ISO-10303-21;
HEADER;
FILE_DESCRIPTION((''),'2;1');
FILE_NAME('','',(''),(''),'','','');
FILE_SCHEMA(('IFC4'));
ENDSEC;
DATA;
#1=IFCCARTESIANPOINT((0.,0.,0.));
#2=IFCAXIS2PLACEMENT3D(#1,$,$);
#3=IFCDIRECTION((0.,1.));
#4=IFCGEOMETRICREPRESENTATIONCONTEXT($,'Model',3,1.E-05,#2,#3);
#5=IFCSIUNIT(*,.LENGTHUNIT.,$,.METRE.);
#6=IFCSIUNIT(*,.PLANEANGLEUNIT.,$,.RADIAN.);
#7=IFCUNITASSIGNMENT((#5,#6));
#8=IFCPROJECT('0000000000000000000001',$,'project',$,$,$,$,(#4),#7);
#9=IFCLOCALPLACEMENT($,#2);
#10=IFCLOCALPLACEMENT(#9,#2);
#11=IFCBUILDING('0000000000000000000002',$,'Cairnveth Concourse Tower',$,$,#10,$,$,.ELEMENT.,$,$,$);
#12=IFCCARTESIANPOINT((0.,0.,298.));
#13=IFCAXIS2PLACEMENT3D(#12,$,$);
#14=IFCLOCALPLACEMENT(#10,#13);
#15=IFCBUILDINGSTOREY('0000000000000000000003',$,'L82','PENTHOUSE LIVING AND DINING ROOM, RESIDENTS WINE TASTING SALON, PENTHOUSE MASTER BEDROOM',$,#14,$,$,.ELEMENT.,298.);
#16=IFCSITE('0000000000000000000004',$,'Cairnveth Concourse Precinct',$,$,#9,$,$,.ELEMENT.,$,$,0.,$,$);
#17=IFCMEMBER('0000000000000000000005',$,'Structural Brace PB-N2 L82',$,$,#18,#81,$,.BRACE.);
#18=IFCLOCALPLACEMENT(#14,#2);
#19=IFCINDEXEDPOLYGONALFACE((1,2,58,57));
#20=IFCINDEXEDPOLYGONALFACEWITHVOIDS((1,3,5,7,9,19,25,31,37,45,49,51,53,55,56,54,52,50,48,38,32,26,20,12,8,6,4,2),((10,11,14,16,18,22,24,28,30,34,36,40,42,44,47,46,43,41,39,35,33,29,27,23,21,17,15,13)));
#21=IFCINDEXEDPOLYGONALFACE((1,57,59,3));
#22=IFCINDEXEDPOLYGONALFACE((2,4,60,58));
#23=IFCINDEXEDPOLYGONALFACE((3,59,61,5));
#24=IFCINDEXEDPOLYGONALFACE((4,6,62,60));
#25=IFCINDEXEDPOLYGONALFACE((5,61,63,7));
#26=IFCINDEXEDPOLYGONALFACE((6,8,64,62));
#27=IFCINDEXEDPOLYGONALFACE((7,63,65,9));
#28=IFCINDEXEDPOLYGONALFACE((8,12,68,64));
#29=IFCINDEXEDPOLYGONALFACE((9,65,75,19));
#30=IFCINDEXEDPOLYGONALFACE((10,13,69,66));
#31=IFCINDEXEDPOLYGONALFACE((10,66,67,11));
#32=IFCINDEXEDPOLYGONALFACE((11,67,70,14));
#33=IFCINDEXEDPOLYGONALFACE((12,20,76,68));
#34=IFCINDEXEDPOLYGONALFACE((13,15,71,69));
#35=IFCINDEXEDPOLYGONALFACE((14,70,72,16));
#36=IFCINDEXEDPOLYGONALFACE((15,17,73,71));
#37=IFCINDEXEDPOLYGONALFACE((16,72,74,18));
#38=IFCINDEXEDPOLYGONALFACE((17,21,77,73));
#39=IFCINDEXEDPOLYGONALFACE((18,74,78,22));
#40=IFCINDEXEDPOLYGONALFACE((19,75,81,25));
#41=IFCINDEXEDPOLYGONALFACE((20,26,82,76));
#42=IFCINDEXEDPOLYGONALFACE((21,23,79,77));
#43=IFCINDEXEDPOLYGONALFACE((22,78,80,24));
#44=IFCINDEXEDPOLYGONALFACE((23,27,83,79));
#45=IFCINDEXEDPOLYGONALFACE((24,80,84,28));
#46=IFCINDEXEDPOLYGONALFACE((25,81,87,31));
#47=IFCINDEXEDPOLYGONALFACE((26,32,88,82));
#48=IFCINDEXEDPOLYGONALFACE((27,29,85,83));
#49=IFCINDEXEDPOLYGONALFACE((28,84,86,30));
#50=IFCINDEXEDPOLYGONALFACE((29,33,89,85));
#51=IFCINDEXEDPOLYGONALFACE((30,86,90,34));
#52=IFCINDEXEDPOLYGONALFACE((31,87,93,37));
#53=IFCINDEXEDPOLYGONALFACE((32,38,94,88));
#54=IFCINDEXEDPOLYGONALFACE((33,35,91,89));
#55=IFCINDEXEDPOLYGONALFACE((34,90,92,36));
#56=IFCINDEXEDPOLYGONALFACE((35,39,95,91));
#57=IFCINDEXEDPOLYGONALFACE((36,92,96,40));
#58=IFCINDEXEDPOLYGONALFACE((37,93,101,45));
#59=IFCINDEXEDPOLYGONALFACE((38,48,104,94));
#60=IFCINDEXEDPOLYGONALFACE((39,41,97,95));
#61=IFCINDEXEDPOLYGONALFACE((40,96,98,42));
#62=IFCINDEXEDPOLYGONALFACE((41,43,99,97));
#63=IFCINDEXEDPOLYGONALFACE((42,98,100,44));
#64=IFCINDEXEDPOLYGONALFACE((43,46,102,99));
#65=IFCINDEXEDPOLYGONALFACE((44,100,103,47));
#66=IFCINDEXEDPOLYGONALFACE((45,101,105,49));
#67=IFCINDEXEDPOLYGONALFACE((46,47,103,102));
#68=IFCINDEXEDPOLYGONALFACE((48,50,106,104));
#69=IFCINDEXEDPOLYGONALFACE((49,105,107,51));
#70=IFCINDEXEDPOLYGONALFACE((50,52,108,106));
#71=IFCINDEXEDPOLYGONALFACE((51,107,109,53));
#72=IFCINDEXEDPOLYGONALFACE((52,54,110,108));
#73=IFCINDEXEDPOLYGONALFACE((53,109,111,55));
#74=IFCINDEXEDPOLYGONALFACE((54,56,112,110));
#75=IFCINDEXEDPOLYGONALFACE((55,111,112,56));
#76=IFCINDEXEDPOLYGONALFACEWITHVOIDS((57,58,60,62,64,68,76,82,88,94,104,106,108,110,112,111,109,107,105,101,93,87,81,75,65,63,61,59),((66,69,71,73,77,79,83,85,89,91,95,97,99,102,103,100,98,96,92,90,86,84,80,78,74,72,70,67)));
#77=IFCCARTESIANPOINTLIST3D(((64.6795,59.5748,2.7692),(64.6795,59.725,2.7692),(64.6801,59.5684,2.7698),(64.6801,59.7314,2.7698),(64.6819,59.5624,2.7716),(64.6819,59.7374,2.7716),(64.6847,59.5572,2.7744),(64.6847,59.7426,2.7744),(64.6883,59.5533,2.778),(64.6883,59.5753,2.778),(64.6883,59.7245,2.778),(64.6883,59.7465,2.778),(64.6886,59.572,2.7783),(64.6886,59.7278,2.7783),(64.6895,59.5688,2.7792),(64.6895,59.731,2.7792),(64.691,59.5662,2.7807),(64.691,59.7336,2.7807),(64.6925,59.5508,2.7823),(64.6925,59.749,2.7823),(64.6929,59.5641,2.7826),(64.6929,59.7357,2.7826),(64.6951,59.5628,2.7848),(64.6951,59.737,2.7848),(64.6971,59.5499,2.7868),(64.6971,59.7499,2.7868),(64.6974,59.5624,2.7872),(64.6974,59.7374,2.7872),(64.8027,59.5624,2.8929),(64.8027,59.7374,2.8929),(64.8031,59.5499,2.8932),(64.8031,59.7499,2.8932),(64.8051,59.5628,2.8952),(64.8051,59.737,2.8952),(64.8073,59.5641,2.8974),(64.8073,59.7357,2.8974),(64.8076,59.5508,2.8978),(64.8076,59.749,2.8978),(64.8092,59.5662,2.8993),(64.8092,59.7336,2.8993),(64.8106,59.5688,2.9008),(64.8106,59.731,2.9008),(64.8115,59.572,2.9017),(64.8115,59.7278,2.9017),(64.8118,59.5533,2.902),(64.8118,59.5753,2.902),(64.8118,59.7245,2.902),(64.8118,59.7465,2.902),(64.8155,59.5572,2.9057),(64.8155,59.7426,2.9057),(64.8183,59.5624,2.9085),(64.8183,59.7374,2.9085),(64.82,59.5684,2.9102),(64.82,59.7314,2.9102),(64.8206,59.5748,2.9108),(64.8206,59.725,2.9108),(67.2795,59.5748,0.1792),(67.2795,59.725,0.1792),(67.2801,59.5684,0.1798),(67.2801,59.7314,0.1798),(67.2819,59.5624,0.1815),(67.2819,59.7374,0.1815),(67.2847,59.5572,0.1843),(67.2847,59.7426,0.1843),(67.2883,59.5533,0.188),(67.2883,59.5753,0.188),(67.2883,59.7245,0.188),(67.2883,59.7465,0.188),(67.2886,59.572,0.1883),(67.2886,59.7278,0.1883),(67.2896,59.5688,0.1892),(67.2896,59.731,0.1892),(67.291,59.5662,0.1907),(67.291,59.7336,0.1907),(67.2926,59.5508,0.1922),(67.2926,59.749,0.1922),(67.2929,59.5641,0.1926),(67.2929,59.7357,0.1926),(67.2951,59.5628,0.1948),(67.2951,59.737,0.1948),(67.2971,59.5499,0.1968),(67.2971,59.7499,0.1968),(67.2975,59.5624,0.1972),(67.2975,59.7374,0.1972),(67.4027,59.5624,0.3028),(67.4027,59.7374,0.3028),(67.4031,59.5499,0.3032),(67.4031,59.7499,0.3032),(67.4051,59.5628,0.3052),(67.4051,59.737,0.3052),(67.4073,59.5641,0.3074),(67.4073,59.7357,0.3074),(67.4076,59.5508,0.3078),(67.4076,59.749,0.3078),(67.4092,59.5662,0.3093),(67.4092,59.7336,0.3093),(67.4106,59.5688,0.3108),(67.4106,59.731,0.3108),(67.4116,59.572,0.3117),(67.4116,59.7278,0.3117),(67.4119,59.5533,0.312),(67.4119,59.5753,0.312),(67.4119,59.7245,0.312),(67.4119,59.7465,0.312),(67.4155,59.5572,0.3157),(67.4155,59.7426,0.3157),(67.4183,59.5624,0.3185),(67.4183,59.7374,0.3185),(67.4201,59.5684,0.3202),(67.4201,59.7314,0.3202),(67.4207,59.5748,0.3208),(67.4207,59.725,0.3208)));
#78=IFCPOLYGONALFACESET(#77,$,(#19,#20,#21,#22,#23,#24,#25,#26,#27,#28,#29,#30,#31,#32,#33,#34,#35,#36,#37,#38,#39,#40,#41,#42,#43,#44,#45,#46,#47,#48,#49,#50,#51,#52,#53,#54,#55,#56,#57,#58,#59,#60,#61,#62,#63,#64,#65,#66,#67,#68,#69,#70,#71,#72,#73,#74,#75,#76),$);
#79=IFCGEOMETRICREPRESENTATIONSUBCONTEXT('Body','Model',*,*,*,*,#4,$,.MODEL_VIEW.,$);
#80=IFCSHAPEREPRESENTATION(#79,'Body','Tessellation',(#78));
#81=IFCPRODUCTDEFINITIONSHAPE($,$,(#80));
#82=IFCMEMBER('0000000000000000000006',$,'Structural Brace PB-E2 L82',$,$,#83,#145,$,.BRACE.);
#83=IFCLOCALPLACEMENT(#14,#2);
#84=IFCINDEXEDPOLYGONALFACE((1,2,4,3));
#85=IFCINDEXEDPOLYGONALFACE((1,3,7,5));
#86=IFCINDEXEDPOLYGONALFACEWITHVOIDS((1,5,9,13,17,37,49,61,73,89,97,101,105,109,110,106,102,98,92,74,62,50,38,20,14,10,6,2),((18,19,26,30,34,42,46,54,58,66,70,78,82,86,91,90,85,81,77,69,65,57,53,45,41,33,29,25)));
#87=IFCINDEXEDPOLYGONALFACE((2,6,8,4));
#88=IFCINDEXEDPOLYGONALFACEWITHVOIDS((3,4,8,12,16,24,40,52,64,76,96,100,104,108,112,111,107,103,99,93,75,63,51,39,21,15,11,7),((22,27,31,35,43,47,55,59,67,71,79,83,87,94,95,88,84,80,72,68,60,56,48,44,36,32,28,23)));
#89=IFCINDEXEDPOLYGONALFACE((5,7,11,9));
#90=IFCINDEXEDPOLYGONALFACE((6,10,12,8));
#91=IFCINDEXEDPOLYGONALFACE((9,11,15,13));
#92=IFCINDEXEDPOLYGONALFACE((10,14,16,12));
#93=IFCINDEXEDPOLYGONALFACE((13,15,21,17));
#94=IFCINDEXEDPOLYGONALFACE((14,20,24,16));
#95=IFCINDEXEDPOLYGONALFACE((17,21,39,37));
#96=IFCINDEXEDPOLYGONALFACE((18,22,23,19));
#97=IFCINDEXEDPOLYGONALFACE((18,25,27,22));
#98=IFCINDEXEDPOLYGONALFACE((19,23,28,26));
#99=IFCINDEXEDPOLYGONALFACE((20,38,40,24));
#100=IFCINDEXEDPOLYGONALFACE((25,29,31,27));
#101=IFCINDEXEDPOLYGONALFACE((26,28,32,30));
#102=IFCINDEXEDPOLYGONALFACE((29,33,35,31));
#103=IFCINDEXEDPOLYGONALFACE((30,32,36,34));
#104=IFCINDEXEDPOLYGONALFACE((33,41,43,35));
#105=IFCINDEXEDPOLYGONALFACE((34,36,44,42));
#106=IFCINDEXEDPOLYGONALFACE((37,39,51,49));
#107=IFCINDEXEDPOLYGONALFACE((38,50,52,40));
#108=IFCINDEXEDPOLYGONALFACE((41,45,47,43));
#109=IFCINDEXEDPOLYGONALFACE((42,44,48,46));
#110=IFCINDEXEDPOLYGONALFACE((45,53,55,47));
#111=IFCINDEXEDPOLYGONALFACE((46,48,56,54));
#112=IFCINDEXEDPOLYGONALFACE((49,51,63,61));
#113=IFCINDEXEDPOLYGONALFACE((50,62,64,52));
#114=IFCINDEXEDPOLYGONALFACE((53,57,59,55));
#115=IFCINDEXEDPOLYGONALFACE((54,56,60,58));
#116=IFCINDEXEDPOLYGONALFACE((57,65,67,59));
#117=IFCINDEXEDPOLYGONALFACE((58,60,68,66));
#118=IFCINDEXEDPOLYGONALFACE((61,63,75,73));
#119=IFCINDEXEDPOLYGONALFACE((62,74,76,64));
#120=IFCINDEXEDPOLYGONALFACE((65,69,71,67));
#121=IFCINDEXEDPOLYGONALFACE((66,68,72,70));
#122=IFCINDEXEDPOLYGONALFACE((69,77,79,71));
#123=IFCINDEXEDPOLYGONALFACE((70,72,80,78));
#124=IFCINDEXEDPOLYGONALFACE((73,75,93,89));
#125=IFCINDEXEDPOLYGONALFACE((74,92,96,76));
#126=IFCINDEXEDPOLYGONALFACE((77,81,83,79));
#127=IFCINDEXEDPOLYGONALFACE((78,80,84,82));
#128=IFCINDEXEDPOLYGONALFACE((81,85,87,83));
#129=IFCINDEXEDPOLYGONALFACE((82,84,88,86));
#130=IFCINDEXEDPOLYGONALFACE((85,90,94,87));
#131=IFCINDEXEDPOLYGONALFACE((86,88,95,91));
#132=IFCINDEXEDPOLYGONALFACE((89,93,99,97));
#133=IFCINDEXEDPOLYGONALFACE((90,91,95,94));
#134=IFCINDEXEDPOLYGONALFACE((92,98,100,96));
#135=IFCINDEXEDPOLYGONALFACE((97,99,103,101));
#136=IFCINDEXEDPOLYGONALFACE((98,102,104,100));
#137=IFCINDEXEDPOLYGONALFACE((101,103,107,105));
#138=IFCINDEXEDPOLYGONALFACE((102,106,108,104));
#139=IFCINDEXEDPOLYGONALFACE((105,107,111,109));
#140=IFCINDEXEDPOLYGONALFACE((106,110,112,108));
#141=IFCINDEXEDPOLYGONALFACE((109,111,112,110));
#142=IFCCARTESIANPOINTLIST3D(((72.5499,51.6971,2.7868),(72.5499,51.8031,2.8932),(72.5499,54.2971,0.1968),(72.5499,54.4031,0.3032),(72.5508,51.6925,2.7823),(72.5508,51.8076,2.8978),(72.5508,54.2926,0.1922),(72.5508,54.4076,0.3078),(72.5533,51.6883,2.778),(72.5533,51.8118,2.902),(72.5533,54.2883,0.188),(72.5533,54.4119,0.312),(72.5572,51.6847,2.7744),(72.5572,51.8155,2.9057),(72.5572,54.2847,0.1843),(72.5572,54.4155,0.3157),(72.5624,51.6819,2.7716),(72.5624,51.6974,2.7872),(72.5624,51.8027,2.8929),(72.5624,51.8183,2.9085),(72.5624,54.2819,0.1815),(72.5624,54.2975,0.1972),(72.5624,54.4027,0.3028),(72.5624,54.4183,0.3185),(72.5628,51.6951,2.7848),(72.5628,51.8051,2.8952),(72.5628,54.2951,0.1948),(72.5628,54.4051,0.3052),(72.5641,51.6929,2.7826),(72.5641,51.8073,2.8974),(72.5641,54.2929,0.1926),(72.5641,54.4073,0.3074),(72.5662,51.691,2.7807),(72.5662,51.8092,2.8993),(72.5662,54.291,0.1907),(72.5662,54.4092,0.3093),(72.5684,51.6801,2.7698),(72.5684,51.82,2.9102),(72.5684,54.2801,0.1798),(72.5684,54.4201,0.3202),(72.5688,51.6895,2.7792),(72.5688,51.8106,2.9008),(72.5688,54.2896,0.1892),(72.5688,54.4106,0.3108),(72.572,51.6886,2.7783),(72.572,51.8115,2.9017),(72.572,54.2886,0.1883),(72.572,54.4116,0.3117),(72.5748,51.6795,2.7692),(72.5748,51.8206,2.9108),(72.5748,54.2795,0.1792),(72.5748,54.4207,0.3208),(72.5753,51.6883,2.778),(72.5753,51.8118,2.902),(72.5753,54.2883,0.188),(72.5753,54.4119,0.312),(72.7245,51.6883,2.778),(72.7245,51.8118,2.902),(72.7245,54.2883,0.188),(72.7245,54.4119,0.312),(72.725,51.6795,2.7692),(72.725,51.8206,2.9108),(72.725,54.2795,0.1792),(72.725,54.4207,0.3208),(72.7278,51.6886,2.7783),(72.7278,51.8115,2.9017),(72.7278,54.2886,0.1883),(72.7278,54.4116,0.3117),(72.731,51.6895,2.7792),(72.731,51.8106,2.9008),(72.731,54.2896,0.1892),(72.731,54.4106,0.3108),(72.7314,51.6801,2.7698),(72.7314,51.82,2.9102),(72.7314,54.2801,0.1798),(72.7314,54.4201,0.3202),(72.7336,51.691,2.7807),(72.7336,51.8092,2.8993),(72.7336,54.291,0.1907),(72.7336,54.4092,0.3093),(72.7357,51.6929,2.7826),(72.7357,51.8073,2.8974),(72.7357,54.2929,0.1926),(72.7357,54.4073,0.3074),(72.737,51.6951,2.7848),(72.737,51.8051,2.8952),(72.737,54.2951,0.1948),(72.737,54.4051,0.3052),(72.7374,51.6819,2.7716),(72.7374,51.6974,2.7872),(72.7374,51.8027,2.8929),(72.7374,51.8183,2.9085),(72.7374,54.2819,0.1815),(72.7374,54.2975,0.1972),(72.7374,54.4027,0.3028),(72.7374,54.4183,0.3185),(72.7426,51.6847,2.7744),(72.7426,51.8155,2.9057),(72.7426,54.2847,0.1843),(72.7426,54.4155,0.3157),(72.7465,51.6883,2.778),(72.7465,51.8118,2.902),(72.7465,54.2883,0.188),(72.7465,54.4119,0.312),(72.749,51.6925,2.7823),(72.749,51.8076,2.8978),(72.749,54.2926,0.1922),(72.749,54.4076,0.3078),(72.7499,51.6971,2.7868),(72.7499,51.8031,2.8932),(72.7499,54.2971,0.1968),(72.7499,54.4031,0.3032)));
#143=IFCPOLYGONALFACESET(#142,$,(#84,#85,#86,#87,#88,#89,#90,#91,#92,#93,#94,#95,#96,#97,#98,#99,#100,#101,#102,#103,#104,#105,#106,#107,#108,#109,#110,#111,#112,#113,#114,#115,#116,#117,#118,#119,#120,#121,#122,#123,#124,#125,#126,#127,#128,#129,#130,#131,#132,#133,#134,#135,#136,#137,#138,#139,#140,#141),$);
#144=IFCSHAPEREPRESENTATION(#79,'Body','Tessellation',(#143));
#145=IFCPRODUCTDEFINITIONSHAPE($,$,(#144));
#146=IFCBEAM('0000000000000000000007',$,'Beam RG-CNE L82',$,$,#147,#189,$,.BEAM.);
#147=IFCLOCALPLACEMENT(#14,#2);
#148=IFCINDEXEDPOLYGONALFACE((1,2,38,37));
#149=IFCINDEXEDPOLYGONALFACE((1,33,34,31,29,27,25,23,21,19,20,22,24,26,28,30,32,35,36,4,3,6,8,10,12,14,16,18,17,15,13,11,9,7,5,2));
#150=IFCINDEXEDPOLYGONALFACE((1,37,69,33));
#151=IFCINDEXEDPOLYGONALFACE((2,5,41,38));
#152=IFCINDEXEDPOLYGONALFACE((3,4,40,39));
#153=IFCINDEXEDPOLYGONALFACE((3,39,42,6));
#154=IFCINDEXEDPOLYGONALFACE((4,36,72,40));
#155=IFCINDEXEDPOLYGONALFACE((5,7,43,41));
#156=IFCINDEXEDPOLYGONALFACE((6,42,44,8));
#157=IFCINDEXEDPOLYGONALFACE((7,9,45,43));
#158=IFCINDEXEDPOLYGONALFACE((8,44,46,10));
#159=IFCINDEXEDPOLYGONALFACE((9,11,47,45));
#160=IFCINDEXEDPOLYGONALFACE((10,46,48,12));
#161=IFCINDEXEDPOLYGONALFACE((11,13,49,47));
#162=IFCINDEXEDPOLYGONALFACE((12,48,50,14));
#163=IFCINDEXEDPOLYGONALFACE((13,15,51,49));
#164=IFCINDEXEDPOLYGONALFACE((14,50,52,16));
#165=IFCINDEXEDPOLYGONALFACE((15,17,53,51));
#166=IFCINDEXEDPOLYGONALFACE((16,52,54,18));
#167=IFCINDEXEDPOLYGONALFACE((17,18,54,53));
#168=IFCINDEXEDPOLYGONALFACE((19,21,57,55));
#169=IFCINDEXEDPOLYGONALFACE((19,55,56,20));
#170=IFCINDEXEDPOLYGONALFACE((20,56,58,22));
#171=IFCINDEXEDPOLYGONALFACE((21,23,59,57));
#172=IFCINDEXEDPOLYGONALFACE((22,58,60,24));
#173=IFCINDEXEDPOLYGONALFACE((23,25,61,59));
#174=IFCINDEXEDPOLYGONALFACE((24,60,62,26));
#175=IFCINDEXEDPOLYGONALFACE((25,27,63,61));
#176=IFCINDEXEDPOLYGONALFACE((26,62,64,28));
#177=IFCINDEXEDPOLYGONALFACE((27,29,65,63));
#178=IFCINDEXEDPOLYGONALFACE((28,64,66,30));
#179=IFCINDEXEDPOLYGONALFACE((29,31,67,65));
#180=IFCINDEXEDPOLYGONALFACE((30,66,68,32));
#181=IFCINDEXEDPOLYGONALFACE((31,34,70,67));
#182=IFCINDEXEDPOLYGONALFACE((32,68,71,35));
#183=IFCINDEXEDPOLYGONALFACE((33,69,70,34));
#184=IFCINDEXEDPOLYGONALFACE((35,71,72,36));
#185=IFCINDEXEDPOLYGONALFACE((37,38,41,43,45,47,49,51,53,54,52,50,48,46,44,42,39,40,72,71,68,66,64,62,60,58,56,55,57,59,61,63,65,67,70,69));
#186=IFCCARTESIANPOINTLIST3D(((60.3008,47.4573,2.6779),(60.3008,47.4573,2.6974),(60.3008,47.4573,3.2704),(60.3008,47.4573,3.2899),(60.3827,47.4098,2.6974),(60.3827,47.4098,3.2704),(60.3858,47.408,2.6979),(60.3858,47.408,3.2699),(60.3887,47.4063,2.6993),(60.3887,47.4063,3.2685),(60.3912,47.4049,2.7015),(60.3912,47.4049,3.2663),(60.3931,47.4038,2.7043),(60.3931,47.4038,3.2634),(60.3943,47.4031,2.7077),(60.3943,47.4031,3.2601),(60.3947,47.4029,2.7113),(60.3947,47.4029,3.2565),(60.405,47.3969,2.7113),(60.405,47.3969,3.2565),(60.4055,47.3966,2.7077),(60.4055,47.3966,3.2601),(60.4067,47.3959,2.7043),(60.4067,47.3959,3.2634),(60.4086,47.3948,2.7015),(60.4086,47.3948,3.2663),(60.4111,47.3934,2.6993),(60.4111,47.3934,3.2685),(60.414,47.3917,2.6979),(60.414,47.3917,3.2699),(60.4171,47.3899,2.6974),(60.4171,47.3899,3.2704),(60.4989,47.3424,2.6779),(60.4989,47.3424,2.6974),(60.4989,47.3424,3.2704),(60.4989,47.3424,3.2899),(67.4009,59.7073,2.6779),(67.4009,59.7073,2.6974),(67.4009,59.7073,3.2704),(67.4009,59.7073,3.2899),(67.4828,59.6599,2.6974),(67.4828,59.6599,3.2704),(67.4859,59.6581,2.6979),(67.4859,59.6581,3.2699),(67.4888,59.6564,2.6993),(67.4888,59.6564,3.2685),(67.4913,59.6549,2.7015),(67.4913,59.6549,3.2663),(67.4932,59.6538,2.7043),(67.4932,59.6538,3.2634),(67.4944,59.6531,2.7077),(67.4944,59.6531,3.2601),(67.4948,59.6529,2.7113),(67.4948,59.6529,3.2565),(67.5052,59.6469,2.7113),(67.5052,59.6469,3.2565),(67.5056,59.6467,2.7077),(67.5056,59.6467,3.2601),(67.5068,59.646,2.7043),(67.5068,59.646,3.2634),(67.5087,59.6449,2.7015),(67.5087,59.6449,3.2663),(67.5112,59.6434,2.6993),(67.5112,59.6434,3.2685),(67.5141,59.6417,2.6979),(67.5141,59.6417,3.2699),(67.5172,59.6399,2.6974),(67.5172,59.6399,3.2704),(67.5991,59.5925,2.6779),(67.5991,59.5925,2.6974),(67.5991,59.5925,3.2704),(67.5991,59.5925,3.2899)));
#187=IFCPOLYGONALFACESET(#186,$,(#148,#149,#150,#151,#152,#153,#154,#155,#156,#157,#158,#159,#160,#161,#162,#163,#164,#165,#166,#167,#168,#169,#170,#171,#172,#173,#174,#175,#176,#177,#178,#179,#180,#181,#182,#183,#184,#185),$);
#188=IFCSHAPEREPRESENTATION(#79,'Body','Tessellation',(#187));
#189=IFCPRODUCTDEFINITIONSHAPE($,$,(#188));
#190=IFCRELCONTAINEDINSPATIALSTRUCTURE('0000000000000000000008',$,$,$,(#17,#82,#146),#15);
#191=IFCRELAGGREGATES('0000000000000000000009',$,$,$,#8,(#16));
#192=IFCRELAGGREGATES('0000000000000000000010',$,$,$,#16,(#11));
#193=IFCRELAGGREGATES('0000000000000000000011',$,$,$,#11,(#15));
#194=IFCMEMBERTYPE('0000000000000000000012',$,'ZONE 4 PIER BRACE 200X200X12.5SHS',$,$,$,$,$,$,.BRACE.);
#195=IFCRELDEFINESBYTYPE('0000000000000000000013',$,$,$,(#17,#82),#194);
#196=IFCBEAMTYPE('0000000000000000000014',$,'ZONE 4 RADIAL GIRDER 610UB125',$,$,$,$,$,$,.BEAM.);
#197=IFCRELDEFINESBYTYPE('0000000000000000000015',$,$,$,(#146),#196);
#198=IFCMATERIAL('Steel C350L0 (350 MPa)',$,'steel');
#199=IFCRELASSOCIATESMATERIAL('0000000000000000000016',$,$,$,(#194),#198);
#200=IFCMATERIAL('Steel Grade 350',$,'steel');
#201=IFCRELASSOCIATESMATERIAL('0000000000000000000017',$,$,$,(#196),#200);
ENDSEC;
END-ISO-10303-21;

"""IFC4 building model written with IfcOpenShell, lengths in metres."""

from ifc_helpers import new_model, si_unit, direction, frame, origin, origin_2d, place, context, subcontext, project, spatial, hollow_rectangle, i_section, extrude, material, material_profile, profile_set, type_object, element, save


model = new_model("IFC4")

# Units and contexts
model_context = context("Model", 3, precision=1e-05, world=origin(), true_north=direction((0.0, 1.0)))
body_context = subcontext(model_context, "Body", "Model", "MODEL_VIEW")
ifc_project = project(units=[si_unit("LENGTHUNIT", "METRE"), si_unit("PLANEANGLEUNIT", "RADIAN")], contexts=[model_context])

# Site, building, storey
site_placement = place(None, origin())
site = spatial("IfcSite", under=ifc_project, at=site_placement, Name="Cairnveth Concourse Precinct", CompositionType="ELEMENT", RefElevation=0.0)
building_placement = place(site_placement, origin())
building = spatial("IfcBuilding", under=site, at=building_placement, Name="Cairnveth Concourse Tower", CompositionType="ELEMENT")
storey_placement = place(building_placement, frame((0.0, 0.0, 298.0)))
storey = spatial("IfcBuildingStorey", under=building, at=storey_placement, Name="L82", Description="PENTHOUSE LIVING AND DINING ROOM, RESIDENTS WINE TASTING SALON, PENTHOUSE MASTER BEDROOM", CompositionType="ELEMENT", Elevation=298.0)

# Shared definitions
ifc_material_1 = material(Name="Steel Grade 350", Category="steel")

# Members
ifc_material_2 = material(Name="Steel C350L0 (350 MPa)", Category="steel")
ifc_material_profile_1 = material_profile(ifc_material_2, hollow_rectangle(XDim=0.2, YDim=0.2, WallThickness=0.0125, InnerFilletRadius=0.0129, OuterFilletRadius=0.0249, at=origin_2d()), Name="200x200x12.5SHS")
ifc_profile_set_1 = profile_set([ifc_material_profile_1], Name="Steel C350L0 (350 MPa)")
member_type = type_object("IfcMemberType", Name="ZONE 4 PIER BRACE 200X200X12.5SHS", PredefinedType="BRACE", material=ifc_profile_set_1)
for number, where, z_axis, x_axis, name in (
    (1, (67.3501, 59.6499, 0.25), (-0.708469, 0.0, 0.705742), (0.0, -1.0, 0.0), "Structural Brace PB-N2 L82"),
    (2, (72.6499, 54.3501, 0.25), (0.0, -0.708469, 0.705742), (1.0, 0.0, 0.0), "Structural Brace PB-E2 L82"),
):
    element("IfcMember", number, at=place(storey_placement, frame(where, z_axis=z_axis, x_axis=x_axis)), inside=storey, type_object=member_type, Name=name, PredefinedType="BRACE", context=body_context, shape_type="SweptSolid", body=[
        extrude(hollow_rectangle(XDim=0.2, YDim=0.2, WallThickness=0.0125, InnerFilletRadius=0.0129, OuterFilletRadius=0.0249, at=origin_2d()), origin(), (0.0, 0.0, 1.0), 3.6699),
    ])

# Beam
ifc_material_profile_2 = material_profile(ifc_material_1, i_section(OverallWidth=0.229, OverallDepth=0.6121, WebThickness=0.012, FlangeThickness=0.0195, FilletRadius=0.0139, at=origin_2d()), Name="610UB125")
ifc_profile_set_2 = profile_set([ifc_material_profile_2], Name="Steel Grade 350")
beam_type_1 = type_object("IfcBeamType", Name="ZONE 4 RADIAL GIRDER 610UB125", PredefinedType="BEAM", material=ifc_profile_set_2)
beam_1_placement = place(storey_placement, frame((67.5, 59.6499, 2.9839), z_axis=(-0.501459, -0.865181, 0.0), x_axis=(0.865181, -0.501459, 0.0)))
element("IfcBeam", 3, at=beam_1_placement, inside=storey, type_object=beam_type_1, Name="Beam RG-CNE L82", PredefinedType="BEAM", context=body_context, shape_type="SweptSolid", body=[
    extrude(i_section(OverallWidth=0.229, OverallDepth=0.6121, WebThickness=0.012, FlangeThickness=0.0195, FilletRadius=0.0139, at=origin_2d()), origin(), (0.0, 0.0, 1.0), 14.1589),
])

save(model, "model.ifc")
